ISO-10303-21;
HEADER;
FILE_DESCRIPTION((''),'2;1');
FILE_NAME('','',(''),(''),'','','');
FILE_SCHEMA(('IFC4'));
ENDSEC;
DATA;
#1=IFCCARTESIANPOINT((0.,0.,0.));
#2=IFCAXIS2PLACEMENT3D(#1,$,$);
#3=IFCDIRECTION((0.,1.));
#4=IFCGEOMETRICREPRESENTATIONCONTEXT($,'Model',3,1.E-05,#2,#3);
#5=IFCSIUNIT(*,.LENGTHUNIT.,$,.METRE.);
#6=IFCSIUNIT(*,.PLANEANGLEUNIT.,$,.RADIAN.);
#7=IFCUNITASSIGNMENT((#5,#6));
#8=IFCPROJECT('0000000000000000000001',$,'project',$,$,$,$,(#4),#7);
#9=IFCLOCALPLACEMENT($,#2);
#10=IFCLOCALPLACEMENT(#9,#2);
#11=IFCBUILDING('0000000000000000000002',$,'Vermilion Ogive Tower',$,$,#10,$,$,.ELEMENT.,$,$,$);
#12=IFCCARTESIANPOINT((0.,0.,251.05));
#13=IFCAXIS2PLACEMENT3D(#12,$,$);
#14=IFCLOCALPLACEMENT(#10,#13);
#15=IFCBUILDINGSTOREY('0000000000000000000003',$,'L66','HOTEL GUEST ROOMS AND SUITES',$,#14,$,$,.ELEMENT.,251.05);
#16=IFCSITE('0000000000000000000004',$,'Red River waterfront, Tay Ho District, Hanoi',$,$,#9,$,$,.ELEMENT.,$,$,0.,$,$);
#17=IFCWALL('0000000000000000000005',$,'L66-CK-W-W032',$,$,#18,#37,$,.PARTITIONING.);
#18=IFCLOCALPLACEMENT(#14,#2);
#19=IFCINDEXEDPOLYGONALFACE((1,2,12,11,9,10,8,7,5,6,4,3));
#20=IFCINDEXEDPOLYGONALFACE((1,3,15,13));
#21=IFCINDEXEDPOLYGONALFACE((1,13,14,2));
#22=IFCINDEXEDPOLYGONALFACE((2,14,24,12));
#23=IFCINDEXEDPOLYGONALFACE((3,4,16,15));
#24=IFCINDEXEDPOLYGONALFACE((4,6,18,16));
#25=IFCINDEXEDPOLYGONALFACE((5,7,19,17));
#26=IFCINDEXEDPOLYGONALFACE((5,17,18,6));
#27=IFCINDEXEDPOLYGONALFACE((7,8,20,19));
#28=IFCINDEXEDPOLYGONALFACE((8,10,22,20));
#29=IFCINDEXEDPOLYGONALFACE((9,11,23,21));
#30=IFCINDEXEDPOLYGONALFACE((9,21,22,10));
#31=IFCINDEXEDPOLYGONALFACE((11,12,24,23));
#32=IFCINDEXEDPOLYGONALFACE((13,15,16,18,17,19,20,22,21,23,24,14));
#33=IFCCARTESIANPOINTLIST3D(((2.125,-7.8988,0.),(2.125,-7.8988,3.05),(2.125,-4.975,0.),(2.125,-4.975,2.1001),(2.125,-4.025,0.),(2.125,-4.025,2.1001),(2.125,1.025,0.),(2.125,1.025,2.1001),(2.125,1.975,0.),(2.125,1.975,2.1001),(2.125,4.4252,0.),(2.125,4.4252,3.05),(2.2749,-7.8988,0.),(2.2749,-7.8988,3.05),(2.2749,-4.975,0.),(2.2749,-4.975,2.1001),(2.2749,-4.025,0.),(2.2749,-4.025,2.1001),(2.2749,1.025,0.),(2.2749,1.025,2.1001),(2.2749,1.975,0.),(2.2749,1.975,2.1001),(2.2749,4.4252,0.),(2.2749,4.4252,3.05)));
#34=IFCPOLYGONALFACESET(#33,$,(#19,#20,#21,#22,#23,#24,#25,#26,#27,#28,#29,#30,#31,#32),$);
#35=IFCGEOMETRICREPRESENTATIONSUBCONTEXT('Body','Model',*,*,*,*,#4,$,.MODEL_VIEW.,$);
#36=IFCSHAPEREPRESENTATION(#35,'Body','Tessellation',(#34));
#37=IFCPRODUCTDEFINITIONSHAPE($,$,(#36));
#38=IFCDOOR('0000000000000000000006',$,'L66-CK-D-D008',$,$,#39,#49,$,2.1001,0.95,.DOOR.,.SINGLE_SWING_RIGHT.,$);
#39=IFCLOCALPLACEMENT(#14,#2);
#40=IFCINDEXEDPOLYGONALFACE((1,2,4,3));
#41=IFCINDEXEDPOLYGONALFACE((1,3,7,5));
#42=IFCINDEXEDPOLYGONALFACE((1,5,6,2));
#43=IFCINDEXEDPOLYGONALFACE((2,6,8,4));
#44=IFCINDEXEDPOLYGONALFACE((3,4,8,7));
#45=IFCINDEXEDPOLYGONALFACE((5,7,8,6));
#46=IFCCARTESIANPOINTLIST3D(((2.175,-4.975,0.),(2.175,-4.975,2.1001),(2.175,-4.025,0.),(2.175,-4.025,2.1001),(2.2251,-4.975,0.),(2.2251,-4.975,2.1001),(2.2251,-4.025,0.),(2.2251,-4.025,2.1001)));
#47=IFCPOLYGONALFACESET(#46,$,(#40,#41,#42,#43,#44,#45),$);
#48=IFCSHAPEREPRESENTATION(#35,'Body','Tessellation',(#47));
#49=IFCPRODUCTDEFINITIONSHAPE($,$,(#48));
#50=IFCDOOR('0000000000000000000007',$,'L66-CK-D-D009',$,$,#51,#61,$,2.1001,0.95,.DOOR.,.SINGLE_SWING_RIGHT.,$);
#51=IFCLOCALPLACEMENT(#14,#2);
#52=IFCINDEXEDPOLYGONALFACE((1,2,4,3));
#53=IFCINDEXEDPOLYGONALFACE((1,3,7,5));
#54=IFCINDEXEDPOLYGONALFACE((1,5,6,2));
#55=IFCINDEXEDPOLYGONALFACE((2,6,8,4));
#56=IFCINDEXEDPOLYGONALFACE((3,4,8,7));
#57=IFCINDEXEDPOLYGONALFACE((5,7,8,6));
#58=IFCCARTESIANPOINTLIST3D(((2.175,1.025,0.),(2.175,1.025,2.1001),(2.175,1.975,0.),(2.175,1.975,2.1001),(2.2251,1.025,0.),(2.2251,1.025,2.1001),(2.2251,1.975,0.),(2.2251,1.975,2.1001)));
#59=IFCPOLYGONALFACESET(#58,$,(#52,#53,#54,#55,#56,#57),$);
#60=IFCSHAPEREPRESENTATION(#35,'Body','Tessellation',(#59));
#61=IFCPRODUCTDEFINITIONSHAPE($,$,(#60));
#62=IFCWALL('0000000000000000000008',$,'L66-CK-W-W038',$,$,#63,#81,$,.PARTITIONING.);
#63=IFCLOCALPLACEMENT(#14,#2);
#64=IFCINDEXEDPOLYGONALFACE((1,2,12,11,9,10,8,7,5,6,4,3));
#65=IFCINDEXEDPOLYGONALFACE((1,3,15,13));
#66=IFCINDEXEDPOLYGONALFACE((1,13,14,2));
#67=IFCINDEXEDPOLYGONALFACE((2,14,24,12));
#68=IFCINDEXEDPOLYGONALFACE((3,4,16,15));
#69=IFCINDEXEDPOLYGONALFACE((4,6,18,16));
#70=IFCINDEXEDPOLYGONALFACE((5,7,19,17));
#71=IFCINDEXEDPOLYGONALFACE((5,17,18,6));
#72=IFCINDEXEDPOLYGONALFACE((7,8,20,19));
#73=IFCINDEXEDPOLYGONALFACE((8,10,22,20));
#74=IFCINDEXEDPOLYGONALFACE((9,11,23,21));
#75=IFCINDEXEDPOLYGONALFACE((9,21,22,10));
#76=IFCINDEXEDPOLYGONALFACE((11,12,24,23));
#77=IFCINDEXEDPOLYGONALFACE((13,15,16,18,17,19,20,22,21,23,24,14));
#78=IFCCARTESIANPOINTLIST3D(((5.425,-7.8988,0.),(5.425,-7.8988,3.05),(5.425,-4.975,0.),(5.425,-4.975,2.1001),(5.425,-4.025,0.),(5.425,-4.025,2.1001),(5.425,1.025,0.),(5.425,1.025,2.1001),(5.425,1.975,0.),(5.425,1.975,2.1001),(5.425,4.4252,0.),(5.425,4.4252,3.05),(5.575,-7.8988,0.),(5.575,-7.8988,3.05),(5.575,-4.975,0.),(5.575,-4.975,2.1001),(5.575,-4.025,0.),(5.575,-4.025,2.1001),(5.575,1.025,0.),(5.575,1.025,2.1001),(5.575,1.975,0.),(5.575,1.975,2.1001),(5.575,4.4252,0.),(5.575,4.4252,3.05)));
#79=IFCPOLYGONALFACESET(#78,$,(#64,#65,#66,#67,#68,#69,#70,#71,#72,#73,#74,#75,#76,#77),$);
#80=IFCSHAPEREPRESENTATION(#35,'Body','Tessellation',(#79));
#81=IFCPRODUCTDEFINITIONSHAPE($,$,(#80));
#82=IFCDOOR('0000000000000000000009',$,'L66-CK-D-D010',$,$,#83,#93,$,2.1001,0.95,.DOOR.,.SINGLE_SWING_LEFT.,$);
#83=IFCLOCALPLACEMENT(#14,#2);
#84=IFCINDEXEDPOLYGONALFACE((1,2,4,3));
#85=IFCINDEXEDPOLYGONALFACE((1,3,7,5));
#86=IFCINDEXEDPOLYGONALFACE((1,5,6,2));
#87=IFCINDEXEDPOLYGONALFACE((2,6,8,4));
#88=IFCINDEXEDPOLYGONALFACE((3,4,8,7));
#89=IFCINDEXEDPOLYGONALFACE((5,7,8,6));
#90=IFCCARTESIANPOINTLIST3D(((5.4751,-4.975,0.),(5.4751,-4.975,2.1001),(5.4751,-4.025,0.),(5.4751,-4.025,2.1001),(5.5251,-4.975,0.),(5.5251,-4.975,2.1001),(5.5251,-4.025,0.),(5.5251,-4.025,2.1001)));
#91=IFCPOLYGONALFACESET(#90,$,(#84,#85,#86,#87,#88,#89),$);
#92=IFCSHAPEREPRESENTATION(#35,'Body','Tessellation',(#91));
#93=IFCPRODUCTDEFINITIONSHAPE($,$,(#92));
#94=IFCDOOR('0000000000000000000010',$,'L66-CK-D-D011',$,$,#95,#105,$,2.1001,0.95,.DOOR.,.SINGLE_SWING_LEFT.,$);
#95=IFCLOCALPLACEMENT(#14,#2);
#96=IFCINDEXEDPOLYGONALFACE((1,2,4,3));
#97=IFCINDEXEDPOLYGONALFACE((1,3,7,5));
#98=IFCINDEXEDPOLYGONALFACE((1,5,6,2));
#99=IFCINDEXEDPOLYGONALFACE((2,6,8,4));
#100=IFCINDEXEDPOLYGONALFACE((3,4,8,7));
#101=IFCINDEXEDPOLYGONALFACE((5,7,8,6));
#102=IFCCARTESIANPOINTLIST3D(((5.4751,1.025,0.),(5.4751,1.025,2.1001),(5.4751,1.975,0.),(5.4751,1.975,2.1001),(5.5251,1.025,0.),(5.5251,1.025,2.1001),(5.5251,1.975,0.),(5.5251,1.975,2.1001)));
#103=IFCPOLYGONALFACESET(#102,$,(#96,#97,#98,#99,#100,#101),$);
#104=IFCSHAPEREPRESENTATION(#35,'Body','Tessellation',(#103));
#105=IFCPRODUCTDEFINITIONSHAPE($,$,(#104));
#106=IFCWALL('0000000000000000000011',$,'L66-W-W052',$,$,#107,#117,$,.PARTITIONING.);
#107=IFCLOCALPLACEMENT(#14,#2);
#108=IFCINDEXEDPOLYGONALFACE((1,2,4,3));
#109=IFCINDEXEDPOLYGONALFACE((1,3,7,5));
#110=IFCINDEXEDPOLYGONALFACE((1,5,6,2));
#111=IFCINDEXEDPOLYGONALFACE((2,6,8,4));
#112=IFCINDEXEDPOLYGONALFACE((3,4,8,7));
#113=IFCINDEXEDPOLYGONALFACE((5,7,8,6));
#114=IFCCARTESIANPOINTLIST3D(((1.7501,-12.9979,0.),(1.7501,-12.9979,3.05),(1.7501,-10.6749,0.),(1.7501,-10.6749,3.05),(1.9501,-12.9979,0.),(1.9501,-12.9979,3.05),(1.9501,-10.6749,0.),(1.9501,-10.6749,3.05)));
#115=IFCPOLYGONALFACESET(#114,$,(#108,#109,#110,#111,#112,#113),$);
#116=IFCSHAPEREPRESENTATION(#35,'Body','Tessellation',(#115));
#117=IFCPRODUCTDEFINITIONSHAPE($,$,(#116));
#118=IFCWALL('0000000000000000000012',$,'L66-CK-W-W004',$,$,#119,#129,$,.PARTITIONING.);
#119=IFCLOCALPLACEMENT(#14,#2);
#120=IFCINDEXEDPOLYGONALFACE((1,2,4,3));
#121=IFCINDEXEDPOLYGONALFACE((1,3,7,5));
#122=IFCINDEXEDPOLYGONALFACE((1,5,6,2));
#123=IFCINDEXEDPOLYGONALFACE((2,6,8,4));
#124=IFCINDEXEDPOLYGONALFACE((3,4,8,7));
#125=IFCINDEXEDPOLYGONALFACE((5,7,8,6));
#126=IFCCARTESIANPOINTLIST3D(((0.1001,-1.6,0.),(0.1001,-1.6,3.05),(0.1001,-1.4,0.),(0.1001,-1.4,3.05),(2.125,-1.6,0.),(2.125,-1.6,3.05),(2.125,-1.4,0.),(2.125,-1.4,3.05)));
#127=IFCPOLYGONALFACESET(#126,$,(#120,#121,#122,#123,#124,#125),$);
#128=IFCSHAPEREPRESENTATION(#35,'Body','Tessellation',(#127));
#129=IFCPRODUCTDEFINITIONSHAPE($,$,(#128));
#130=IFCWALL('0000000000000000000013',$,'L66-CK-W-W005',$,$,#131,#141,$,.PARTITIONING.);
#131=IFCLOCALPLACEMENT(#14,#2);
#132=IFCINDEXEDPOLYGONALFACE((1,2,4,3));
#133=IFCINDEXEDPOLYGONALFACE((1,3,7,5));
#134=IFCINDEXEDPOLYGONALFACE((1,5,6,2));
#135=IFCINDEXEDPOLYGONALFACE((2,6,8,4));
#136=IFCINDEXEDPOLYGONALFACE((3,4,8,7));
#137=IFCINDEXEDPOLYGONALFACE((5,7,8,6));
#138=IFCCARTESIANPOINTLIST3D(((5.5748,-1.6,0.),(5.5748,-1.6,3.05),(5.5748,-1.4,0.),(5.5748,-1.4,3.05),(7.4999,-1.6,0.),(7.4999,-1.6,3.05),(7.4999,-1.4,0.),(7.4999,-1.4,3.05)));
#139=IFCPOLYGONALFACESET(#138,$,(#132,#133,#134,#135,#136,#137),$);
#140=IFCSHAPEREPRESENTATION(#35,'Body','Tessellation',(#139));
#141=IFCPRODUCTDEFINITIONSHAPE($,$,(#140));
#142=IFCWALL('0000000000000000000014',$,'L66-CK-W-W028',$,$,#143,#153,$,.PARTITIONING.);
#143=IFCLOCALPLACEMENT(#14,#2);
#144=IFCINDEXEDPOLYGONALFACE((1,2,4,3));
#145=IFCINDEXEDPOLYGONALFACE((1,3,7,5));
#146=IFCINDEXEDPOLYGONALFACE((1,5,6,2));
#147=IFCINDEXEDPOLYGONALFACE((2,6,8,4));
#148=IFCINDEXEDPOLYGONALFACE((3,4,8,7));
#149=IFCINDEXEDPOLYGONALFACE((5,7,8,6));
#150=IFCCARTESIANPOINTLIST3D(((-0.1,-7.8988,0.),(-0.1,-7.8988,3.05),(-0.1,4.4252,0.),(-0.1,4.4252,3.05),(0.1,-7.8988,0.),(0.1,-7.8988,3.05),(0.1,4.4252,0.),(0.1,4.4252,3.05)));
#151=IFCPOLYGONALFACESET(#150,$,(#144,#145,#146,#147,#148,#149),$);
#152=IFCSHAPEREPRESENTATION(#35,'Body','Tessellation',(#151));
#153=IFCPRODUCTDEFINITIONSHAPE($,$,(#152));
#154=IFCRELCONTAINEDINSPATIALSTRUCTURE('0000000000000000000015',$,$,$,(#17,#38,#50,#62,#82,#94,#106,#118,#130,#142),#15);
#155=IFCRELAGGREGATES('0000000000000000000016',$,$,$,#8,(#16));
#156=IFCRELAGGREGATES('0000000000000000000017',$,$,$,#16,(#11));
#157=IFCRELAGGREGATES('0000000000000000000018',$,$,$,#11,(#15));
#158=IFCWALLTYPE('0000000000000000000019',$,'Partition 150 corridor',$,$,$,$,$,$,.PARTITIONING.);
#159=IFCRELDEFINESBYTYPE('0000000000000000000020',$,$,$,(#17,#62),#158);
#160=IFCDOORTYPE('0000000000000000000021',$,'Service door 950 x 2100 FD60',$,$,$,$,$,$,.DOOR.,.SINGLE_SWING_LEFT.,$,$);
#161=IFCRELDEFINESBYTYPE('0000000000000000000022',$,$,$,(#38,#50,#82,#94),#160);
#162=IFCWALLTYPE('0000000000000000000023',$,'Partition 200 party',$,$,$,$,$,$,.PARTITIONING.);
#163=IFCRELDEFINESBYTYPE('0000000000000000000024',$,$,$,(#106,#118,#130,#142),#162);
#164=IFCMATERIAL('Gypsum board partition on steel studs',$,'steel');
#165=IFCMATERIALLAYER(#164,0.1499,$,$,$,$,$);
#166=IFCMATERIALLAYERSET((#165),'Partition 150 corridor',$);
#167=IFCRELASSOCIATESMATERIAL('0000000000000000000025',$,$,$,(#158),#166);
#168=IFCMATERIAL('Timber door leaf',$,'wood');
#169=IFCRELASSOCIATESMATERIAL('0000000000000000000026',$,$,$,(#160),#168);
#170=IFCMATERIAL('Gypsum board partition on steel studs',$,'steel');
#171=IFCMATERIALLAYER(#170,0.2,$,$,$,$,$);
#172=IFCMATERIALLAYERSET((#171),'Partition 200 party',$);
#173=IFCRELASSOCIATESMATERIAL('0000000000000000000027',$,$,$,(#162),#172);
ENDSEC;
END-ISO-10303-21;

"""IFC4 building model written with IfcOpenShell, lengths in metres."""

from ifc_helpers import new_model, si_unit, direction, frame, frame_2d, origin, place, context, subcontext, project, spatial, rectangle, extrude, material, layer, layer_set, type_object, element, fill, save


model = new_model("IFC4")

# Units and contexts
model_context = context("Model", 3, precision=1e-05, world=origin(), true_north=direction((0.0, 1.0)))
body_context = subcontext(model_context, "Body", "Model", "MODEL_VIEW")
ifc_project = project(units=[si_unit("LENGTHUNIT", "METRE"), si_unit("PLANEANGLEUNIT", "RADIAN")], contexts=[model_context])

# Site, building, storey
site_placement = place(None, origin())
site = spatial("IfcSite", under=ifc_project, at=site_placement, Name="Red River waterfront, Tay Ho District, Hanoi", CompositionType="ELEMENT", RefElevation=0.0)
building_placement = place(site_placement, origin())
building = spatial("IfcBuilding", under=site, at=building_placement, Name="Vermilion Ogive Tower", CompositionType="ELEMENT")
storey_placement = place(building_placement, frame((0.0, 0.0, 251.05)))
storey = spatial("IfcBuildingStorey", under=building, at=storey_placement, Name="L66", Description="HOTEL GUEST ROOMS AND SUITES", CompositionType="ELEMENT", Elevation=251.05)

# Shared definitions
ifc_material_1 = material(Name="Gypsum board partition on steel studs", Category="steel")
ifc_layer_1 = layer(ifc_material_1, 0.1499)
ifc_layer_set_1 = layer_set([ifc_layer_1], Name="Partition 150 corridor")
wall_type_1 = type_object("IfcWallType", Name="Partition 150 corridor", PredefinedType="PARTITIONING", material=ifc_layer_set_1)

# Walls, openings, doors
wall_1_placement = place(storey_placement, frame((2.2, -7.8989, 0.0), z_axis=(0.0, 0.0, 1.0), x_axis=(0.0, 1.0, 0.0)))
wall_1 = element("IfcWall", 1, at=wall_1_placement, inside=storey, type_object=wall_type_1, Name="L66-CK-W-W032", PredefinedType="PARTITIONING", context=body_context, shape_type="SweptSolid", body=[
    extrude(rectangle(XDim=12.324, YDim=0.1499, at=frame_2d((6.1621, 0.0))), origin(), (0.0, 0.0, 1.0), 3.05),
])
opening_1_placement = place(wall_1_placement, frame((2.9238, 0.0, 0.0)))
opening_1 = element("IfcOpeningElement", 2, at=opening_1_placement, cuts=wall_1, PredefinedType="OPENING", context=body_context, shape_type="SweptSolid", body=[
    extrude(rectangle(XDim=0.95, YDim=2.1001, at=frame_2d((0.4751, 1.05))), frame((0.0, 0.085, 0.0), z_axis=(0.0, -1.0, 0.0), x_axis=(1.0, 0.0, 0.0)), (0.0, 0.0, 1.0), 0.1699),
])
opening_2_placement = place(wall_1_placement, frame((8.9238, 0.0, 0.0)))
opening_2 = element("IfcOpeningElement", 3, at=opening_2_placement, cuts=wall_1, PredefinedType="OPENING", context=body_context, shape_type="SweptSolid", body=[
    extrude(rectangle(XDim=0.95, YDim=2.1001, at=frame_2d((0.4751, 1.05))), frame((0.0, 0.085, 0.0), z_axis=(0.0, -1.0, 0.0), x_axis=(1.0, 0.0, 0.0)), (0.0, 0.0, 1.0), 0.1699),
])
ifc_material_2 = material(Name="Timber door leaf", Category="wood")
door_type_1 = type_object("IfcDoorType", Name="Service door 950 x 2100 FD60", OperationType="SINGLE_SWING_LEFT", PredefinedType="DOOR", material=ifc_material_2)
door_1_placement = place(opening_1_placement, origin())
door_1 = element("IfcDoor", 4, at=door_1_placement, inside=storey, type_object=door_type_1, Name="L66-CK-D-D008", OperationType="SINGLE_SWING_RIGHT", OverallHeight=2.1001, OverallWidth=0.95, PredefinedType="DOOR", context=body_context, shape_type="SweptSolid", body=[
    extrude(rectangle(XDim=0.95, YDim=2.1001, at=frame_2d((0.4751, 1.05))), frame((0.0, 0.0249, 0.0), z_axis=(0.0, -1.0, 0.0), x_axis=(1.0, 0.0, 0.0)), (0.0, 0.0, 1.0), 0.05),
])
fill(opening_1, door_1)
door_2_placement = place(opening_2_placement, origin())
door_2 = element("IfcDoor", 5, at=door_2_placement, inside=storey, type_object=door_type_1, Name="L66-CK-D-D009", OperationType="SINGLE_SWING_RIGHT", OverallHeight=2.1001, OverallWidth=0.95, PredefinedType="DOOR", context=body_context, shape_type="SweptSolid", body=[
    extrude(rectangle(XDim=0.95, YDim=2.1001, at=frame_2d((0.4751, 1.05))), frame((0.0, 0.0249, 0.0), z_axis=(0.0, -1.0, 0.0), x_axis=(1.0, 0.0, 0.0)), (0.0, 0.0, 1.0), 0.05),
])
fill(opening_2, door_2)
wall_2_placement = place(storey_placement, frame((5.5, -7.8989, 0.0), z_axis=(0.0, 0.0, 1.0), x_axis=(0.0, 1.0, 0.0)))
wall_2 = element("IfcWall", 6, at=wall_2_placement, inside=storey, type_object=wall_type_1, Name="L66-CK-W-W038", PredefinedType="PARTITIONING", context=body_context, shape_type="SweptSolid", body=[
    extrude(rectangle(XDim=12.324, YDim=0.1499, at=frame_2d((6.1621, 0.0))), origin(), (0.0, 0.0, 1.0), 3.05),
])
opening_3_placement = place(wall_2_placement, frame((2.9238, 0.0, 0.0)))
opening_3 = element("IfcOpeningElement", 7, at=opening_3_placement, cuts=wall_2, PredefinedType="OPENING", context=body_context, shape_type="SweptSolid", body=[
    extrude(rectangle(XDim=0.95, YDim=2.1001, at=frame_2d((0.4751, 1.05))), frame((0.0, 0.085, 0.0), z_axis=(0.0, -1.0, 0.0), x_axis=(1.0, 0.0, 0.0)), (0.0, 0.0, 1.0), 0.1699),
])
opening_4_placement = place(wall_2_placement, frame((8.9238, 0.0, 0.0)))
opening_4 = element("IfcOpeningElement", 8, at=opening_4_placement, cuts=wall_2, PredefinedType="OPENING", context=body_context, shape_type="SweptSolid", body=[
    extrude(rectangle(XDim=0.95, YDim=2.1001, at=frame_2d((0.4751, 1.05))), frame((0.0, 0.085, 0.0), z_axis=(0.0, -1.0, 0.0), x_axis=(1.0, 0.0, 0.0)), (0.0, 0.0, 1.0), 0.1699),
])
door_3_placement = place(opening_3_placement, origin())
door_3 = element("IfcDoor", 9, at=door_3_placement, inside=storey, type_object=door_type_1, Name="L66-CK-D-D010", OperationType="SINGLE_SWING_LEFT", OverallHeight=2.1001, OverallWidth=0.95, PredefinedType="DOOR", context=body_context, shape_type="SweptSolid", body=[
    extrude(rectangle(XDim=0.95, YDim=2.1001, at=frame_2d((0.4751, 1.05))), frame((0.0, 0.0249, 0.0), z_axis=(0.0, -1.0, 0.0), x_axis=(1.0, 0.0, 0.0)), (0.0, 0.0, 1.0), 0.05),
])
fill(opening_3, door_3)
door_4_placement = place(opening_4_placement, origin())
door_4 = element("IfcDoor", 10, at=door_4_placement, inside=storey, type_object=door_type_1, Name="L66-CK-D-D011", OperationType="SINGLE_SWING_LEFT", OverallHeight=2.1001, OverallWidth=0.95, PredefinedType="DOOR", context=body_context, shape_type="SweptSolid", body=[
    extrude(rectangle(XDim=0.95, YDim=2.1001, at=frame_2d((0.4751, 1.05))), frame((0.0, 0.0249, 0.0), z_axis=(0.0, -1.0, 0.0), x_axis=(1.0, 0.0, 0.0)), (0.0, 0.0, 1.0), 0.05),
])
fill(opening_4, door_4)

# Walls
ifc_material_3 = material(Name="Gypsum board partition on steel studs", Category="steel")
ifc_layer_2 = layer(ifc_material_3, 0.2)
ifc_layer_set_2 = layer_set([ifc_layer_2], Name="Partition 200 party")
wall_type_2 = type_object("IfcWallType", Name="Partition 200 party", PredefinedType="PARTITIONING", material=ifc_layer_set_2)
wall_3_placement = place(storey_placement, frame((1.8501, -12.998, 0.0), z_axis=(0.0, 0.0, 1.0), x_axis=(0.0, 1.0, 0.0)))
element("IfcWall", 11, at=wall_3_placement, inside=storey, type_object=wall_type_2, Name="L66-W-W052", PredefinedType="PARTITIONING", context=body_context, shape_type="SweptSolid", body=[
    extrude(rectangle(XDim=2.323, YDim=0.2, at=frame_2d((1.1616, 0.0))), origin(), (0.0, 0.0, 1.0), 3.05),
])
wall_4_placement = place(storey_placement, frame((0.1001, -1.5, 0.0), z_axis=(0.0, 0.0, 1.0), x_axis=(1.0, 0.0, 0.0)))
element("IfcWall", 12, at=wall_4_placement, inside=storey, type_object=wall_type_2, Name="L66-CK-W-W004", PredefinedType="PARTITIONING", context=body_context, shape_type="SweptSolid", body=[
    extrude(rectangle(XDim=2.0249, YDim=0.2, at=frame_2d((1.0125, 0.0))), origin(), (0.0, 0.0, 1.0), 3.05),
])
wall_5_placement = place(storey_placement, frame((5.575, -1.5, 0.0), z_axis=(0.0, 0.0, 1.0), x_axis=(1.0, 0.0, 0.0)))
element("IfcWall", 13, at=wall_5_placement, inside=storey, type_object=wall_type_2, Name="L66-CK-W-W005", PredefinedType="PARTITIONING", context=body_context, shape_type="SweptSolid", body=[
    extrude(rectangle(XDim=1.925, YDim=0.2, at=frame_2d((0.9624, 0.0))), origin(), (0.0, 0.0, 1.0), 3.05),
])
wall_6_placement = place(storey_placement, frame((0.0, -7.8989, 0.0), z_axis=(0.0, 0.0, 1.0), x_axis=(0.0, 1.0, 0.0)))
element("IfcWall", 14, at=wall_6_placement, inside=storey, type_object=wall_type_2, Name="L66-CK-W-W028", PredefinedType="PARTITIONING", context=body_context, shape_type="SweptSolid", body=[
    extrude(rectangle(XDim=12.324, YDim=0.2, at=frame_2d((6.1621, 0.0))), origin(), (0.0, 0.0, 1.0), 3.05),
])

save(model, "model.ifc")
